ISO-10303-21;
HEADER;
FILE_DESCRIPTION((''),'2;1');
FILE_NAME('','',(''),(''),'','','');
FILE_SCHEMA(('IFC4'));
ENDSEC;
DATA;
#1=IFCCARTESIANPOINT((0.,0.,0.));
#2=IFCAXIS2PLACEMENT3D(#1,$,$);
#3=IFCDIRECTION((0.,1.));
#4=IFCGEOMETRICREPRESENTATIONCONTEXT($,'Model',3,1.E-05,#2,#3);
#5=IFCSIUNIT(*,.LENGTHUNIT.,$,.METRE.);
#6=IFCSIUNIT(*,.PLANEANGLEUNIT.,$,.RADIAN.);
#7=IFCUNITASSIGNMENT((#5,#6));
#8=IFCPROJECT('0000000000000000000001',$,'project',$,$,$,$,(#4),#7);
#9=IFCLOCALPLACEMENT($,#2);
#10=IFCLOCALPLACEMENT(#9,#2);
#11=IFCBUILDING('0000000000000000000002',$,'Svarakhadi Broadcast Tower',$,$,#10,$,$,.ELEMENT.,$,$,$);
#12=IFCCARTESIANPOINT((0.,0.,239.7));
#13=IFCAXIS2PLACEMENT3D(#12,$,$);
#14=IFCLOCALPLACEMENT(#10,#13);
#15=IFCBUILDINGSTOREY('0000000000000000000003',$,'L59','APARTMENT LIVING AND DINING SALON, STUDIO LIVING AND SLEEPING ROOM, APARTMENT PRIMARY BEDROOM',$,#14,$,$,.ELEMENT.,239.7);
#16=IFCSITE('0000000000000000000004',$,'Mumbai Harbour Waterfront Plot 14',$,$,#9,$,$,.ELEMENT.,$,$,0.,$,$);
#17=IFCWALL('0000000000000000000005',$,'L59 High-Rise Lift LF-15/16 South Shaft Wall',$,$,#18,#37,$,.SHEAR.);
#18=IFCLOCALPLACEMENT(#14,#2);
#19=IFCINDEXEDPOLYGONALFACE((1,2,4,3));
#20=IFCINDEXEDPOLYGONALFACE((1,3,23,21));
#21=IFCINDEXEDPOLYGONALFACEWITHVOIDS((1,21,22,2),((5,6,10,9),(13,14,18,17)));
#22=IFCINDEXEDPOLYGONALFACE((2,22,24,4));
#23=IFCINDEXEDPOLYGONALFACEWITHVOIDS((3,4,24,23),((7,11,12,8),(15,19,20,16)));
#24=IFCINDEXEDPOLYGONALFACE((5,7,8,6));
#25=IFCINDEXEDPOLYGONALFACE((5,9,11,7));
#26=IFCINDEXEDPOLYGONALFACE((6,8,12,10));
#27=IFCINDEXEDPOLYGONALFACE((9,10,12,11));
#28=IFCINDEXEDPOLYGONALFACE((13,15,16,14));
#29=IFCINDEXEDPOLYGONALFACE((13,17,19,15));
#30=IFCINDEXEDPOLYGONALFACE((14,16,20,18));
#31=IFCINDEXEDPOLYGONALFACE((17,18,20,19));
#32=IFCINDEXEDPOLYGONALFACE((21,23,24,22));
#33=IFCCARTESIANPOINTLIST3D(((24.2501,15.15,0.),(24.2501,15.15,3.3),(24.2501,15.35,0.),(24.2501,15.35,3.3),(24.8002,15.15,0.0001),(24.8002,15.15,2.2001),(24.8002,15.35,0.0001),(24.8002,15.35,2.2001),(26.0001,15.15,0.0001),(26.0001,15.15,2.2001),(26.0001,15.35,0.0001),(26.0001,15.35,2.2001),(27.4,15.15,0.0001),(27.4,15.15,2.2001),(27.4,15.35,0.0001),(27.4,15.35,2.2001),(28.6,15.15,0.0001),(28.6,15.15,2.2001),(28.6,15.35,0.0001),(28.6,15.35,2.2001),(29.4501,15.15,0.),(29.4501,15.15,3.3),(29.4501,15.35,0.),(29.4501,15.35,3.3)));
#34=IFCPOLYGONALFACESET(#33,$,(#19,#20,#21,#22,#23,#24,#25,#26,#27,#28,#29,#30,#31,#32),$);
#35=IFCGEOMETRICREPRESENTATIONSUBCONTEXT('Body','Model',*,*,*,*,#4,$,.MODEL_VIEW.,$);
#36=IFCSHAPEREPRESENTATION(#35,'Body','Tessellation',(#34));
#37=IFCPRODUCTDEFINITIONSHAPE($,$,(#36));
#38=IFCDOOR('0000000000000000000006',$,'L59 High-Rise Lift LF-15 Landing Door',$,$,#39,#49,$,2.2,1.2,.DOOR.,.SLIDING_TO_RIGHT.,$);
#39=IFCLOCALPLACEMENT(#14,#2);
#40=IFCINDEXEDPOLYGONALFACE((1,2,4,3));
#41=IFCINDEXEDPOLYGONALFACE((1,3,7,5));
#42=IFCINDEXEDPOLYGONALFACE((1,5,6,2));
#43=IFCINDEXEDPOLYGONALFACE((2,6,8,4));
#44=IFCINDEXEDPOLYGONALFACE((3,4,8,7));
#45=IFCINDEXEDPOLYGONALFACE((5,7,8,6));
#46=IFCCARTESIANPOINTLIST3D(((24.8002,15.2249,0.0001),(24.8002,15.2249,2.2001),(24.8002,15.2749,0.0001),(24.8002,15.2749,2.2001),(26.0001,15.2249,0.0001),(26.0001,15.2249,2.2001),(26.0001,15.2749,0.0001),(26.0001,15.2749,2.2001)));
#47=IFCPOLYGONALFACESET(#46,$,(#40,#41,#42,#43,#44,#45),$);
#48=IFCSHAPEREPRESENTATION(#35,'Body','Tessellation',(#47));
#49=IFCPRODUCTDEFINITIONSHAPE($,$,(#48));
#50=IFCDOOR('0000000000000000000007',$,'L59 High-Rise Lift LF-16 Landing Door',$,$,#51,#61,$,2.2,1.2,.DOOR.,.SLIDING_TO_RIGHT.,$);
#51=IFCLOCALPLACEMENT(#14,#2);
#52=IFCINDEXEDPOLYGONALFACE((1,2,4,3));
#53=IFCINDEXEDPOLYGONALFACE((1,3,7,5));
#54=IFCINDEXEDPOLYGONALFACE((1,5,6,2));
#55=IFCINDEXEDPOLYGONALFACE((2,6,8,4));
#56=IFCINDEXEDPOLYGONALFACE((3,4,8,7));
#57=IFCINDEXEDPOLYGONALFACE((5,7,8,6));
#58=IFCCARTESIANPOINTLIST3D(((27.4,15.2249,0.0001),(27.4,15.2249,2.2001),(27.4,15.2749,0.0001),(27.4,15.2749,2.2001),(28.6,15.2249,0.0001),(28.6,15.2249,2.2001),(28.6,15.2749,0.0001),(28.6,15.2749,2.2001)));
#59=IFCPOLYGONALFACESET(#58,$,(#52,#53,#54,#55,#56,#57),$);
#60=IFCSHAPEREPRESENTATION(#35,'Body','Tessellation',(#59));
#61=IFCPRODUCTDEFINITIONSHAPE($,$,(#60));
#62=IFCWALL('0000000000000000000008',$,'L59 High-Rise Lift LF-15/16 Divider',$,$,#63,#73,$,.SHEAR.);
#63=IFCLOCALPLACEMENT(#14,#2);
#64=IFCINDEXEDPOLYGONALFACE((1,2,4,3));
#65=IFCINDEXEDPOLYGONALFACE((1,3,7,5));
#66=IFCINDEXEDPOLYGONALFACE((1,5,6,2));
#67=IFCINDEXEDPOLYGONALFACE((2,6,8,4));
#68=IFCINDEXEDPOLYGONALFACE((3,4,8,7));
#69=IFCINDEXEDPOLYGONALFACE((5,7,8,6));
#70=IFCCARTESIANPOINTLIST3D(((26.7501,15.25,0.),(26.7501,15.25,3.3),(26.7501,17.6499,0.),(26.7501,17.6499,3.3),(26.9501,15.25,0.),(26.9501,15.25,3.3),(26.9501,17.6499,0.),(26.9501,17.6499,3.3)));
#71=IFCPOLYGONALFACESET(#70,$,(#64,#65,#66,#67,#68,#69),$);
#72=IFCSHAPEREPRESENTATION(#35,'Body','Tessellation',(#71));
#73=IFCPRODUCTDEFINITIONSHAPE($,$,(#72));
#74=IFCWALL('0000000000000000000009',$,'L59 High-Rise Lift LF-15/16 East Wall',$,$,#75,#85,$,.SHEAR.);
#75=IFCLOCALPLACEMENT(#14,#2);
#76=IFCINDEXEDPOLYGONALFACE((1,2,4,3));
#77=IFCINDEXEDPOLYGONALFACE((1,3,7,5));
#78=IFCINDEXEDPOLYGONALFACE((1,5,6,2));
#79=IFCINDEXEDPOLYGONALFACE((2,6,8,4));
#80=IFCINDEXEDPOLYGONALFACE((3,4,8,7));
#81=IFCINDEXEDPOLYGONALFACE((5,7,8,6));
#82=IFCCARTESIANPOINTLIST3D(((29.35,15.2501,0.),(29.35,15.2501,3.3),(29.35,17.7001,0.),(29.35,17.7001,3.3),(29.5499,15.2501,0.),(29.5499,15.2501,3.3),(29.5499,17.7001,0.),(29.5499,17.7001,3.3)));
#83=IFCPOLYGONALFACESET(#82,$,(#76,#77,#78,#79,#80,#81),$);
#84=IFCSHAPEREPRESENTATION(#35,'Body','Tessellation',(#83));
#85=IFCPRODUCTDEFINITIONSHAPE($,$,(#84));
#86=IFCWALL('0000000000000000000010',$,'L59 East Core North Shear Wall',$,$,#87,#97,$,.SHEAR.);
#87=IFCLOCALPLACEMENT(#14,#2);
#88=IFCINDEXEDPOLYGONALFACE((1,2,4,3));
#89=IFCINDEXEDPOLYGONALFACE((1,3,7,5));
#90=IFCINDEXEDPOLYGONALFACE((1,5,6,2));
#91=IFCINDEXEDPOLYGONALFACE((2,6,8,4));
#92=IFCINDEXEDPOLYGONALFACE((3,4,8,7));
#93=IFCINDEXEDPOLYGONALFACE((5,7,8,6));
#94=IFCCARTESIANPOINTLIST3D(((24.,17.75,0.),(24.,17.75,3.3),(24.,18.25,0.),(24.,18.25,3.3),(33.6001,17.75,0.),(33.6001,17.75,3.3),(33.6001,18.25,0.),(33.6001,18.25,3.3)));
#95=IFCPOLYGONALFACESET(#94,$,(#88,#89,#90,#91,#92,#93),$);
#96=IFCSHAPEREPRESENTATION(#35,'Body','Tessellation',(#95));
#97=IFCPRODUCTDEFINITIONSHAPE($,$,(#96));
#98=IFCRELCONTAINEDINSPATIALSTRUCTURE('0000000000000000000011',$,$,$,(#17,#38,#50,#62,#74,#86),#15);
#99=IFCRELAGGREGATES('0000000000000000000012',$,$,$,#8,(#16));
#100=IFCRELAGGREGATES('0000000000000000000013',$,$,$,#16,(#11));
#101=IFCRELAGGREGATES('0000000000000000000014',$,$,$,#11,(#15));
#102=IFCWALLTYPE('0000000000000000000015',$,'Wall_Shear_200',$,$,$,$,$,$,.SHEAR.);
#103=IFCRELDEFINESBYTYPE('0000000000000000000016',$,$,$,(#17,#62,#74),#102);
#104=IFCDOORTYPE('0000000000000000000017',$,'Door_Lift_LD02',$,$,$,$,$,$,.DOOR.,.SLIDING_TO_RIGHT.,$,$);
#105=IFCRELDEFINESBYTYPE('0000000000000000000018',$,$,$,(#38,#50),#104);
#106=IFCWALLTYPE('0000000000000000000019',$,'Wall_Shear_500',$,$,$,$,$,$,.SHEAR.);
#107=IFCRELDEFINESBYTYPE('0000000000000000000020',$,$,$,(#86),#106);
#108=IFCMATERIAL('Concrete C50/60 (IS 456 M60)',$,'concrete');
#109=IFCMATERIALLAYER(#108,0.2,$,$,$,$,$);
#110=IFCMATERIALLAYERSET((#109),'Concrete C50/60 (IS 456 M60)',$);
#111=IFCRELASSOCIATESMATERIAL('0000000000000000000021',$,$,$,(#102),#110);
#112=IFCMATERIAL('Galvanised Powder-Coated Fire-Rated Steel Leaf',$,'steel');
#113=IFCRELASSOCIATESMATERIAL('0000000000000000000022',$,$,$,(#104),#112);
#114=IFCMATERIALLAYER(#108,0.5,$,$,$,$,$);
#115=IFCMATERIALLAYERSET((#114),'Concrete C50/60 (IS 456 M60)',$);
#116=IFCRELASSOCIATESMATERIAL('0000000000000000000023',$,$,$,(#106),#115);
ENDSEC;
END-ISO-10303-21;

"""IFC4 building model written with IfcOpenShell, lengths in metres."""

from ifc_helpers import new_model, si_unit, direction, frame, frame_2d, origin, place, context, subcontext, project, spatial, rectangle, extrude, material, layer, layer_set, type_object, element, fill, save


model = new_model("IFC4")

# Units and contexts
model_context = context("Model", 3, precision=1e-05, world=origin(), true_north=direction((0.0, 1.0)))
body_context = subcontext(model_context, "Body", "Model", "MODEL_VIEW")
ifc_project = project(units=[si_unit("LENGTHUNIT", "METRE"), si_unit("PLANEANGLEUNIT", "RADIAN")], contexts=[model_context])

# Site, building, storey
site_placement = place(None, origin())
site = spatial("IfcSite", under=ifc_project, at=site_placement, Name="Mumbai Harbour Waterfront Plot 14", CompositionType="ELEMENT", RefElevation=0.0)
building_placement = place(site_placement, origin())
building = spatial("IfcBuilding", under=site, at=building_placement, Name="Svarakhadi Broadcast Tower", CompositionType="ELEMENT")
storey_placement = place(building_placement, frame((0.0, 0.0, 239.7)))
storey = spatial("IfcBuildingStorey", under=building, at=storey_placement, Name="L59", Description="APARTMENT LIVING AND DINING SALON, STUDIO LIVING AND SLEEPING ROOM, APARTMENT PRIMARY BEDROOM", CompositionType="ELEMENT", Elevation=239.7)

# Shared definitions
ifc_material_1 = material(Name="Concrete C50/60 (IS 456 M60)", Category="concrete")

# Shared definitions
ifc_material_2 = material(Name="Galvanised Powder-Coated Fire-Rated Steel Leaf", Category="steel")

# Shared definitions
ifc_layer_1 = layer(ifc_material_1, 0.2)
ifc_layer_set_1 = layer_set([ifc_layer_1], Name="Concrete C50/60 (IS 456 M60)")
wall_type_1 = type_object("IfcWallType", Name="Wall_Shear_200", PredefinedType="SHEAR", material=ifc_layer_set_1)

# Wall, openings, doors
wall_1_placement = place(storey_placement, frame((24.25, 15.25, 0.0), z_axis=(0.0, 0.0, 1.0), x_axis=(1.0, 0.0, 0.0)))
wall_1 = element("IfcWall", 1, at=wall_1_placement, inside=storey, type_object=wall_type_1, Name="L59 High-Rise Lift LF-15/16 South Shaft Wall", PredefinedType="SHEAR", context=body_context, shape_type="SweptSolid", body=[
    extrude(rectangle(XDim=5.2, YDim=0.2, at=frame_2d((2.6001, 0.0))), origin(), (0.0, 0.0, 1.0), 3.3),
])
opening_1_placement = place(wall_1_placement, frame((0.55, 0.0, 0.0)))
opening_1 = element("IfcOpeningElement", 2, at=opening_1_placement, cuts=wall_1, PredefinedType="OPENING", context=body_context, shape_type="SweptSolid", body=[
    extrude(rectangle(XDim=1.2, YDim=2.2, at=frame_2d((0.6001, 1.1001))), frame((0.0, 0.1099, 0.0), z_axis=(0.0, -1.0, 0.0), x_axis=(1.0, 0.0, 0.0)), (0.0, 0.0, 1.0), 0.22),
])
opening_2_placement = place(wall_1_placement, frame((3.1499, 0.0, 0.0)))
opening_2 = element("IfcOpeningElement", 3, at=opening_2_placement, cuts=wall_1, PredefinedType="OPENING", context=body_context, shape_type="SweptSolid", body=[
    extrude(rectangle(XDim=1.2, YDim=2.2, at=frame_2d((0.6001, 1.1001))), frame((0.0, 0.1099, 0.0), z_axis=(0.0, -1.0, 0.0), x_axis=(1.0, 0.0, 0.0)), (0.0, 0.0, 1.0), 0.22),
])
door_type_1 = type_object("IfcDoorType", Name="Door_Lift_LD02", OperationType="SLIDING_TO_RIGHT", PredefinedType="DOOR", material=ifc_material_2)
door_1_placement = place(opening_1_placement, origin())
door_1 = element("IfcDoor", 4, at=door_1_placement, inside=storey, type_object=door_type_1, Name="L59 High-Rise Lift LF-15 Landing Door", OperationType="SLIDING_TO_RIGHT", OverallHeight=2.2, OverallWidth=1.2, PredefinedType="DOOR", context=body_context, shape_type="SweptSolid", body=[
    extrude(rectangle(XDim=1.2, YDim=2.2, at=frame_2d((0.6001, 1.1001))), frame((0.0, 0.0249, 0.0), z_axis=(0.0, -1.0, 0.0), x_axis=(1.0, 0.0, 0.0)), (0.0, 0.0, 1.0), 0.05),
])
fill(opening_1, door_1)
door_2_placement = place(opening_2_placement, origin())
door_2 = element("IfcDoor", 5, at=door_2_placement, inside=storey, type_object=door_type_1, Name="L59 High-Rise Lift LF-16 Landing Door", OperationType="SLIDING_TO_RIGHT", OverallHeight=2.2, OverallWidth=1.2, PredefinedType="DOOR", context=body_context, shape_type="SweptSolid", body=[
    extrude(rectangle(XDim=1.2, YDim=2.2, at=frame_2d((0.6001, 1.1001))), frame((0.0, 0.0249, 0.0), z_axis=(0.0, -1.0, 0.0), x_axis=(1.0, 0.0, 0.0)), (0.0, 0.0, 1.0), 0.05),
])
fill(opening_2, door_2)

# Walls
wall_2_placement = place(storey_placement, frame((26.8501, 15.25, 0.0), z_axis=(0.0, 0.0, 1.0), x_axis=(0.0, 1.0, 0.0)))
element("IfcWall", 6, at=wall_2_placement, inside=storey, type_object=wall_type_1, Name="L59 High-Rise Lift LF-15/16 Divider", PredefinedType="SHEAR", context=body_context, shape_type="SweptSolid", body=[
    extrude(rectangle(XDim=2.3999, YDim=0.2, at=frame_2d((1.2, 0.0))), origin(), (0.0, 0.0, 1.0), 3.3),
])
wall_3_placement = place(storey_placement, frame((29.45, 15.25, 0.0), z_axis=(0.0, 0.0, 1.0), x_axis=(0.0, 1.0, 0.0)))
element("IfcWall", 7, at=wall_3_placement, inside=storey, type_object=wall_type_1, Name="L59 High-Rise Lift LF-15/16 East Wall", PredefinedType="SHEAR", context=body_context, shape_type="SweptSolid", body=[
    extrude(rectangle(XDim=2.45, YDim=0.2, at=frame_2d((1.2251, 0.0))), origin(), (0.0, 0.0, 1.0), 3.3),
])
ifc_layer_2 = layer(ifc_material_1, 0.5)
ifc_layer_set_2 = layer_set([ifc_layer_2], Name="Concrete C50/60 (IS 456 M60)")
wall_type_2 = type_object("IfcWallType", Name="Wall_Shear_500", PredefinedType="SHEAR", material=ifc_layer_set_2)
wall_4_placement = place(storey_placement, frame((24.0, 18.0, 0.0), z_axis=(0.0, 0.0, 1.0), x_axis=(1.0, 0.0, 0.0)))
element("IfcWall", 8, at=wall_4_placement, inside=storey, type_object=wall_type_2, Name="L59 East Core North Shear Wall", PredefinedType="SHEAR", context=body_context, shape_type="SweptSolid", body=[
    extrude(rectangle(XDim=9.6001, YDim=0.5, at=frame_2d((4.8, 0.0))), origin(), (0.0, 0.0, 1.0), 3.3),
])

save(model, "model.ifc")
